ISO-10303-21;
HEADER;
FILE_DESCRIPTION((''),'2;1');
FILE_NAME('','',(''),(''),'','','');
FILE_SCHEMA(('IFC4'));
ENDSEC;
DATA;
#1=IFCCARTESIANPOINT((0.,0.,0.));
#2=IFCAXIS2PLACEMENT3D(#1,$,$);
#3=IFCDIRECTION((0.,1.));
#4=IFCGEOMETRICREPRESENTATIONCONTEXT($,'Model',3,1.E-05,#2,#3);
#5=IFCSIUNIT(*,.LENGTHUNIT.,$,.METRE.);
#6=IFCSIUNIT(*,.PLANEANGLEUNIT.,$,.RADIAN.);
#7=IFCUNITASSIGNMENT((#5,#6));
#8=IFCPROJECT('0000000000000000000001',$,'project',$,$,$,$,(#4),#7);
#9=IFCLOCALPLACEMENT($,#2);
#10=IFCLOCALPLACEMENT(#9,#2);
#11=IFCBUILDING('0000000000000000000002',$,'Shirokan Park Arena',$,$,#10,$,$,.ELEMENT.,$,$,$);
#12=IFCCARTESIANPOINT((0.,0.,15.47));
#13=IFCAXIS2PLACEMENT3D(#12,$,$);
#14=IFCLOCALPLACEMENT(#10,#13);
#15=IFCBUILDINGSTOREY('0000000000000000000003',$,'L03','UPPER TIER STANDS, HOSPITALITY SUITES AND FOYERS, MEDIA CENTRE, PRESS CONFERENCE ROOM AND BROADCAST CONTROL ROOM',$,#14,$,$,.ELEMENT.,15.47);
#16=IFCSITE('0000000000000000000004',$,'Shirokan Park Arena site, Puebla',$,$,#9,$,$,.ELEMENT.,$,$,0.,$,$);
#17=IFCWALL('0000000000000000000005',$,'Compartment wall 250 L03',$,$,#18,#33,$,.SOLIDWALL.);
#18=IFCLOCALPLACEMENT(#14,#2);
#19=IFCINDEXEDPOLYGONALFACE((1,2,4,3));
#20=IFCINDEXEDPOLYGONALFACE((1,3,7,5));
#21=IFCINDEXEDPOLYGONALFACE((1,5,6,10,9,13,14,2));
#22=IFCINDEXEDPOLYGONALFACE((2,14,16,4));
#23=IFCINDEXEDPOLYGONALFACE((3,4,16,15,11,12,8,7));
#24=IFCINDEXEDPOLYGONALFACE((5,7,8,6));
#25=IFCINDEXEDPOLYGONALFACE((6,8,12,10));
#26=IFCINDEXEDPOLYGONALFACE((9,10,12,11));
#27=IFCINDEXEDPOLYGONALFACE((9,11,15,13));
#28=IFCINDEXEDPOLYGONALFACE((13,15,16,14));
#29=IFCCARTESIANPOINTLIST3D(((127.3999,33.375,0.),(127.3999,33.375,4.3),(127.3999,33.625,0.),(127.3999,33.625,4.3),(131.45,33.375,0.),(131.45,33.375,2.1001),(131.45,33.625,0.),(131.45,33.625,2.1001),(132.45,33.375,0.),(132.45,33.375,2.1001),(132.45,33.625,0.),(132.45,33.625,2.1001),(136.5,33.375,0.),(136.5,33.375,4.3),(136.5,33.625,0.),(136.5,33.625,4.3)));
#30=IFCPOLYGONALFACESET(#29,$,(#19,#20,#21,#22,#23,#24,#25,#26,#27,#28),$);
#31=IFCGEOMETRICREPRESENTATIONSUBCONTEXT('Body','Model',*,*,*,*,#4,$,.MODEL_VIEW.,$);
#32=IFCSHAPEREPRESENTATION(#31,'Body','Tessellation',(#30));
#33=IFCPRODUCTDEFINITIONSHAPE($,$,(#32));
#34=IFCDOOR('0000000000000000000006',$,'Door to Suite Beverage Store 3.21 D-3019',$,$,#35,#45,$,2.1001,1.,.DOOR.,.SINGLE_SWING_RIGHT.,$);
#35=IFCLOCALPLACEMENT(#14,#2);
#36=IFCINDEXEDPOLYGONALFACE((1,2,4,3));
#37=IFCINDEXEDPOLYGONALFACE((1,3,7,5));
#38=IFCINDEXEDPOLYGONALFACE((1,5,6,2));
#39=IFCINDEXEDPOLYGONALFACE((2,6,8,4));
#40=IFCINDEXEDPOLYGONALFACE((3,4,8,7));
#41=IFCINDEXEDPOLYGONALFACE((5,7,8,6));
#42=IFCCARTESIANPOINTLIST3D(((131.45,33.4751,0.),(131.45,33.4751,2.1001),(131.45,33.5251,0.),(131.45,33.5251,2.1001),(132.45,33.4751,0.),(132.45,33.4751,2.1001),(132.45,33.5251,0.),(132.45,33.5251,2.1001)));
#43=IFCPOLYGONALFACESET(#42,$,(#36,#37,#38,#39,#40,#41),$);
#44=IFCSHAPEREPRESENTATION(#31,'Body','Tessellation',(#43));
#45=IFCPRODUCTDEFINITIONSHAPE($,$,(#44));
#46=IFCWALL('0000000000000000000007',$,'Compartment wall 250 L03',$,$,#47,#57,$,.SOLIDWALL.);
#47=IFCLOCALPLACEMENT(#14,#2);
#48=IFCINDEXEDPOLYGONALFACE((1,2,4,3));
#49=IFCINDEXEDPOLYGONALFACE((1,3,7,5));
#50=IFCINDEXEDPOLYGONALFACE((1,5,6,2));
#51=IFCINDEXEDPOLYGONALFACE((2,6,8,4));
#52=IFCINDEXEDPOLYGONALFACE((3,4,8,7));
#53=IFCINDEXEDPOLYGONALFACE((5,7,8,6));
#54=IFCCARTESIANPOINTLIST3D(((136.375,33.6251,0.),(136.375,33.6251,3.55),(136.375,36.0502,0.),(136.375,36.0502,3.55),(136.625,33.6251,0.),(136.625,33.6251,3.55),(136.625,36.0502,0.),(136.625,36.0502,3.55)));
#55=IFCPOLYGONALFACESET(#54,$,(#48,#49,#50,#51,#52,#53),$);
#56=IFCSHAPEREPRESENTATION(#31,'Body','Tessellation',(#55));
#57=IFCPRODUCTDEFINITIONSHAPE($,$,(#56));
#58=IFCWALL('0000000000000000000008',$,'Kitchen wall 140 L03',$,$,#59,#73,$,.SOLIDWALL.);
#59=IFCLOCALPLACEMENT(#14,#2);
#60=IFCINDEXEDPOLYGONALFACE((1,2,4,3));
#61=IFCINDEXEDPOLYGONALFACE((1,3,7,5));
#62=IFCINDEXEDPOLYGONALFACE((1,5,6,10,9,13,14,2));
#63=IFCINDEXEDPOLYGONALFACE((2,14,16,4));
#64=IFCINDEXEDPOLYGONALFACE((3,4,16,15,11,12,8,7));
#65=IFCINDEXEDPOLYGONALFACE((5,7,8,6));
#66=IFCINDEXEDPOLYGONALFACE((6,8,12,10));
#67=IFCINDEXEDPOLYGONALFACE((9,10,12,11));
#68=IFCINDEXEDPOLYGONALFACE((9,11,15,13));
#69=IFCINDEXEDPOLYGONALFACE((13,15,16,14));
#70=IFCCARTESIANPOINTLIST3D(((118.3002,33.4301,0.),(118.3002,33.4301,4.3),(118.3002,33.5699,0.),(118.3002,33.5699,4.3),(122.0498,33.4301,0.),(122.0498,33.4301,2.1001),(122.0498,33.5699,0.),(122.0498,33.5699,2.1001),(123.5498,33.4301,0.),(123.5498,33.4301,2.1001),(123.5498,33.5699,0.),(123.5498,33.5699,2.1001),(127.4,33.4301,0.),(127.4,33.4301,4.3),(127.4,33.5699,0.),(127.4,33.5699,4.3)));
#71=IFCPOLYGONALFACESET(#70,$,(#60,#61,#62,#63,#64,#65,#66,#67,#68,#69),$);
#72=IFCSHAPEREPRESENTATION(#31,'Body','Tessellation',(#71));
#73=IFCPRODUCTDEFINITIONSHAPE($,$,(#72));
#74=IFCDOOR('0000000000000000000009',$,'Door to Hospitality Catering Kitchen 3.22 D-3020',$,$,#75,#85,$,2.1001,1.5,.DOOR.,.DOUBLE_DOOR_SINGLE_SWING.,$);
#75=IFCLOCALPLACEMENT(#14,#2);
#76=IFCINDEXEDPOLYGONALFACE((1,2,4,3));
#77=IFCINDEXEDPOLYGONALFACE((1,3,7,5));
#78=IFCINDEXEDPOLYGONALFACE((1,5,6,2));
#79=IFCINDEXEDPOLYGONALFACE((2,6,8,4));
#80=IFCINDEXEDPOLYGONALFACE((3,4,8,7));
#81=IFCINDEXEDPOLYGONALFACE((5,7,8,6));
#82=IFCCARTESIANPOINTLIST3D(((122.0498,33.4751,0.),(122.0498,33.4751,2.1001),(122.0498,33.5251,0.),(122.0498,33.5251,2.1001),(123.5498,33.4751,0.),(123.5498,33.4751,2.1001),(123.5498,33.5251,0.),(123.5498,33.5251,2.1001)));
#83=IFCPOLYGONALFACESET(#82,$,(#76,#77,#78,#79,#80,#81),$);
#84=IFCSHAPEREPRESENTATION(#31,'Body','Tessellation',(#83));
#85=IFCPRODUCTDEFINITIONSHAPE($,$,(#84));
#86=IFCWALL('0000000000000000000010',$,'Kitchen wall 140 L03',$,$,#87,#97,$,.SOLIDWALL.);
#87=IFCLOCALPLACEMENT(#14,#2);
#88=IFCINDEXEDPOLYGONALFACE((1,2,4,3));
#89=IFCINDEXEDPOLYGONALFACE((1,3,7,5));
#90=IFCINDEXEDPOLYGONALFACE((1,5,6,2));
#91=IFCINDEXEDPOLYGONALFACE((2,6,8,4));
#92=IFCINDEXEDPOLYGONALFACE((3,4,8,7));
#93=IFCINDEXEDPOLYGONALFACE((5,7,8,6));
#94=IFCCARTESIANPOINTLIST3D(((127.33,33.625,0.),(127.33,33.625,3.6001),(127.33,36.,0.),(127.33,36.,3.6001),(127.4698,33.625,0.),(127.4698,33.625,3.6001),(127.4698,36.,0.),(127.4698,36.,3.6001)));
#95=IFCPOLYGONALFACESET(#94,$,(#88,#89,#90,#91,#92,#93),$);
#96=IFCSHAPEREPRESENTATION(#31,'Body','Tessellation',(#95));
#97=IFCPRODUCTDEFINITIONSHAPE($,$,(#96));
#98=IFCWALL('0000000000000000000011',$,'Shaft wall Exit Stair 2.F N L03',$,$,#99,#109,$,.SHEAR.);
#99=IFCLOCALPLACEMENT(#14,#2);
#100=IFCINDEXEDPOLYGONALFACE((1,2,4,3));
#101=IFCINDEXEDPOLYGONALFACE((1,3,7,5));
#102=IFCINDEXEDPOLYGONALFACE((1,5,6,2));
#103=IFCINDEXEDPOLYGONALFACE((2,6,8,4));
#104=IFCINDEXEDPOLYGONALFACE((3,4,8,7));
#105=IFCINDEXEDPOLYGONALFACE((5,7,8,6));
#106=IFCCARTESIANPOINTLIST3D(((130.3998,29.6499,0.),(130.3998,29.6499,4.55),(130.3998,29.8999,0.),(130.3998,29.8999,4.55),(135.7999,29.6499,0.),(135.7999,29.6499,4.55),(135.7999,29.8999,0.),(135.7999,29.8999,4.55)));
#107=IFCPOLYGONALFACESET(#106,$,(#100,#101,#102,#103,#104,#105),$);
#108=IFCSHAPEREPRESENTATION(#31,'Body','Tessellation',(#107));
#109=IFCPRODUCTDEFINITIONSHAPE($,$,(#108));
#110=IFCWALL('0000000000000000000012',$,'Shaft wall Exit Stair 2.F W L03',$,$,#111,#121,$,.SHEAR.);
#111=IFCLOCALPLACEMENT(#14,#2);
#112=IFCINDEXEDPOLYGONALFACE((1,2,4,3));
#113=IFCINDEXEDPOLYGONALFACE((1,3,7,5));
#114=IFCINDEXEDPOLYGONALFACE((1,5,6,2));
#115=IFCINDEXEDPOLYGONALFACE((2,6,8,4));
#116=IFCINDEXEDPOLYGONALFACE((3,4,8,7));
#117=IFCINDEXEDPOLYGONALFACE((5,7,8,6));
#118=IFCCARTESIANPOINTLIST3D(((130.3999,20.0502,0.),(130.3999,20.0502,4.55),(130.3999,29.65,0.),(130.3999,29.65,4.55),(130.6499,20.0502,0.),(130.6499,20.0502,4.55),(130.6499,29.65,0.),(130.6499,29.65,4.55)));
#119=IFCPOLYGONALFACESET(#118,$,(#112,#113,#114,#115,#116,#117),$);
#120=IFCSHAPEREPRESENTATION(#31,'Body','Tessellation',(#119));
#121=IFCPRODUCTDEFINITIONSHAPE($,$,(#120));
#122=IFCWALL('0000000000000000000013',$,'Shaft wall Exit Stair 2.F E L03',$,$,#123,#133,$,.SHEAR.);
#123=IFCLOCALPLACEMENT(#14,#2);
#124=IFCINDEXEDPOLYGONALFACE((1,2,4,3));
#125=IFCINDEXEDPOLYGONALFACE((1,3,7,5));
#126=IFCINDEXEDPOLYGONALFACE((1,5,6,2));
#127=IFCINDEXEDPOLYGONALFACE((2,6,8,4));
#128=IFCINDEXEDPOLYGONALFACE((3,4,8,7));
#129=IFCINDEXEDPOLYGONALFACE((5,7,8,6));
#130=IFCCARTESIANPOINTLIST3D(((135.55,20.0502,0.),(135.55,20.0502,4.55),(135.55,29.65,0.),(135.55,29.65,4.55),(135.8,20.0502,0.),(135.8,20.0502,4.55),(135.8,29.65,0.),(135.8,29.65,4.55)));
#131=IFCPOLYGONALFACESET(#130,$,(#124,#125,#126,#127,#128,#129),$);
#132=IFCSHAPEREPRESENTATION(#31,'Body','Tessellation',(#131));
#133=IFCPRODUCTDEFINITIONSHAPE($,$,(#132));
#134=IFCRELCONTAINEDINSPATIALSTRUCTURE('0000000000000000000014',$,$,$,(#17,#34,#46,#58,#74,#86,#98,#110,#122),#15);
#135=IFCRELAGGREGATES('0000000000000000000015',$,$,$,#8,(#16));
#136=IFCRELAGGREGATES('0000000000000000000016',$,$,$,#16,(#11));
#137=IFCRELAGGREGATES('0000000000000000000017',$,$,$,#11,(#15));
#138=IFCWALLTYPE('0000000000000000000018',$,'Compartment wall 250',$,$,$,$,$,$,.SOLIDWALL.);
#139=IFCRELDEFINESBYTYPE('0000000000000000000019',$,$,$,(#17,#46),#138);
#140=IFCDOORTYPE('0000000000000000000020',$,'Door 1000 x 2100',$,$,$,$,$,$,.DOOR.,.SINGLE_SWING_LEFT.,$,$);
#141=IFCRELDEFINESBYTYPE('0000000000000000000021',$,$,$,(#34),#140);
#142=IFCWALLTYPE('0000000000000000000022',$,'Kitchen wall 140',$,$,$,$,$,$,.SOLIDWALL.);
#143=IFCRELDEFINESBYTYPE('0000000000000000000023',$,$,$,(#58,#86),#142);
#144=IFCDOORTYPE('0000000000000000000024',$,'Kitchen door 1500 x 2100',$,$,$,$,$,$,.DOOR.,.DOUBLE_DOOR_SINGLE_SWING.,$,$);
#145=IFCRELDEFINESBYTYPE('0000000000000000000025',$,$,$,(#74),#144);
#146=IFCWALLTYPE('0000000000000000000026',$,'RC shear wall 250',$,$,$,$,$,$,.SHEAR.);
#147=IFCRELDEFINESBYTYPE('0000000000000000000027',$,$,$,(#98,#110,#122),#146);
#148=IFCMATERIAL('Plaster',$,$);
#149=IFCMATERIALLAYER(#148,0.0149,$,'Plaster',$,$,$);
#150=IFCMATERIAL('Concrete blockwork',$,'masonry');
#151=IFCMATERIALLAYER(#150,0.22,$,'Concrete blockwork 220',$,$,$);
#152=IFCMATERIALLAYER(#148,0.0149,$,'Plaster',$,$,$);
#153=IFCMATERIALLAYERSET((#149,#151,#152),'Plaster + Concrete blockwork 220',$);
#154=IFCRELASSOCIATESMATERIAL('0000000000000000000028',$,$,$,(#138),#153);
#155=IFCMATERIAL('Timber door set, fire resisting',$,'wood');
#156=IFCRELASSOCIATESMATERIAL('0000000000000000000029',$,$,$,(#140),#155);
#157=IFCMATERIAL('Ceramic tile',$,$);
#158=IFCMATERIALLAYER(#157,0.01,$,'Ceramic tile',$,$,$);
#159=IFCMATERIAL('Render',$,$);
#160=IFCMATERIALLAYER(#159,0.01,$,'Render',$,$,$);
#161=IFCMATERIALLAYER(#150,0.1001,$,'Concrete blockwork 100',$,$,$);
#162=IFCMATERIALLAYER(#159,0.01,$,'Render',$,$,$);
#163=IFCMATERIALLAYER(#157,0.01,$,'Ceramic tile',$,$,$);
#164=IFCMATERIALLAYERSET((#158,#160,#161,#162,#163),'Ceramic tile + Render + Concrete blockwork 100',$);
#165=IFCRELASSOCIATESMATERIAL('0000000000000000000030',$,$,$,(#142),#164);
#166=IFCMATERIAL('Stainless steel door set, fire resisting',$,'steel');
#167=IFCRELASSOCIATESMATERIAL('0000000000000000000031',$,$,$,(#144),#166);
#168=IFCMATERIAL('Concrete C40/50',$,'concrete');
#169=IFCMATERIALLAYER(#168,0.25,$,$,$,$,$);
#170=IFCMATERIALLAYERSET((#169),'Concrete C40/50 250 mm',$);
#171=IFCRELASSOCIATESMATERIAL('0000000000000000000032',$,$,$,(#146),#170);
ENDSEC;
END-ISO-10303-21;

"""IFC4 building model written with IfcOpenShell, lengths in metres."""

from ifc_helpers import new_model, si_unit, direction, frame, frame_2d, origin, place, context, subcontext, project, spatial, rectangle, extrude, material, layer, layer_set, type_object, element, fill, save


model = new_model("IFC4")

# Units and contexts
model_context = context("Model", 3, precision=1e-05, world=origin(), true_north=direction((0.0, 1.0)))
body_context = subcontext(model_context, "Body", "Model", "MODEL_VIEW")
ifc_project = project(units=[si_unit("LENGTHUNIT", "METRE"), si_unit("PLANEANGLEUNIT", "RADIAN")], contexts=[model_context])

# Site, building, storey
site_placement = place(None, origin())
site = spatial("IfcSite", under=ifc_project, at=site_placement, Name="Shirokan Park Arena site, Puebla", CompositionType="ELEMENT", RefElevation=0.0)
building_placement = place(site_placement, origin())
building = spatial("IfcBuilding", under=site, at=building_placement, Name="Shirokan Park Arena", CompositionType="ELEMENT")
storey_placement = place(building_placement, frame((0.0, 0.0, 15.47)))
storey = spatial("IfcBuildingStorey", under=building, at=storey_placement, Name="L03", Description="UPPER TIER STANDS, HOSPITALITY SUITES AND FOYERS, MEDIA CENTRE, PRESS CONFERENCE ROOM AND BROADCAST CONTROL ROOM", CompositionType="ELEMENT", Elevation=15.47)

# Shared definitions
ifc_material_1 = material(Name="Plaster")
ifc_layer_1 = layer(ifc_material_1, 0.0149, Name="Plaster")
ifc_material_2 = material(Name="Concrete blockwork", Category="masonry")
ifc_layer_2 = layer(ifc_material_2, 0.22, Name="Concrete blockwork 220")
ifc_layer_3 = layer(ifc_material_1, 0.0149, Name="Plaster")
ifc_layer_set_1 = layer_set([ifc_layer_1, ifc_layer_2, ifc_layer_3], Name="Plaster + Concrete blockwork 220")
wall_type_1 = type_object("IfcWallType", Name="Compartment wall 250", PredefinedType="SOLIDWALL", material=ifc_layer_set_1)

# Wall, opening, door
wall_1_placement = place(storey_placement, frame((136.5, 33.5, 0.0), z_axis=(0.0, 0.0, 1.0), x_axis=(-1.0, 0.0, 0.0)))
wall_1 = element("IfcWall", 1, at=wall_1_placement, inside=storey, type_object=wall_type_1, Name="Compartment wall 250 L03", PredefinedType="SOLIDWALL", context=body_context, shape_type="SweptSolid", body=[
    extrude(rectangle(XDim=9.1001, YDim=0.25, at=frame_2d((4.55, 0.0))), origin(), (0.0, 0.0, 1.0), 4.3),
])
opening_1_placement = place(wall_1_placement, frame((4.05, 0.0, 0.0)))
opening_1 = element("IfcOpeningElement", 2, at=opening_1_placement, cuts=wall_1, PredefinedType="OPENING", context=body_context, shape_type="SweptSolid", body=[
    extrude(rectangle(XDim=1.0, YDim=2.1001, at=frame_2d((0.5, 1.05))), frame((0.0, 0.135, 0.0), z_axis=(0.0, -1.0, 0.0), x_axis=(1.0, 0.0, 0.0)), (0.0, 0.0, 1.0), 0.27),
])
ifc_material_3 = material(Name="Timber door set, fire resisting", Category="wood")
door_type_1 = type_object("IfcDoorType", Name="Door 1000 x 2100", OperationType="SINGLE_SWING_LEFT", PredefinedType="DOOR", material=ifc_material_3)
door_1_placement = place(opening_1_placement, origin())
door_1 = element("IfcDoor", 3, at=door_1_placement, inside=storey, type_object=door_type_1, Name="Door to Suite Beverage Store 3.21 D-3019", OperationType="SINGLE_SWING_RIGHT", OverallHeight=2.1001, OverallWidth=1.0, PredefinedType="DOOR", context=body_context, shape_type="SweptSolid", body=[
    extrude(rectangle(XDim=1.0, YDim=2.1001, at=frame_2d((0.5, 1.05))), frame((0.0, 0.0249, 0.0), z_axis=(0.0, -1.0, 0.0), x_axis=(1.0, 0.0, 0.0)), (0.0, 0.0, 1.0), 0.05),
])
fill(opening_1, door_1)

# Wall
wall_2_placement = place(storey_placement, frame((136.5, 36.05, 0.0), z_axis=(0.0, 0.0, 1.0), x_axis=(0.0, -1.0, 0.0)))
element("IfcWall", 4, at=wall_2_placement, inside=storey, type_object=wall_type_1, Name="Compartment wall 250 L03", PredefinedType="SOLIDWALL", context=body_context, shape_type="SweptSolid", body=[
    extrude(rectangle(XDim=2.425, YDim=0.25, at=frame_2d((1.2124, 0.0))), origin(), (0.0, 0.0, 1.0), 3.55),
])

# Wall, opening, door
ifc_material_4 = material(Name="Ceramic tile")
ifc_layer_4 = layer(ifc_material_4, 0.01, Name="Ceramic tile")
ifc_material_5 = material(Name="Render")
ifc_layer_5 = layer(ifc_material_5, 0.01, Name="Render")
ifc_layer_6 = layer(ifc_material_2, 0.1001, Name="Concrete blockwork 100")
ifc_layer_7 = layer(ifc_material_5, 0.01, Name="Render")
ifc_layer_8 = layer(ifc_material_4, 0.01, Name="Ceramic tile")
ifc_layer_set_2 = layer_set([ifc_layer_4, ifc_layer_5, ifc_layer_6, ifc_layer_7, ifc_layer_8], Name="Ceramic tile + Render + Concrete blockwork 100")
wall_type_2 = type_object("IfcWallType", Name="Kitchen wall 140", PredefinedType="SOLIDWALL", material=ifc_layer_set_2)
wall_3_placement = place(storey_placement, frame((127.3999, 33.5, 0.0), z_axis=(0.0, 0.0, 1.0), x_axis=(-1.0, 0.0, 0.0)))
wall_3 = element("IfcWall", 5, at=wall_3_placement, inside=storey, type_object=wall_type_2, Name="Kitchen wall 140 L03", PredefinedType="SOLIDWALL", context=body_context, shape_type="SweptSolid", body=[
    extrude(rectangle(XDim=9.0999, YDim=0.1399, at=frame_2d((4.5498, 0.0))), origin(), (0.0, 0.0, 1.0), 4.3),
])
opening_2_placement = place(wall_3_placement, frame((3.8501, 0.0, 0.0)))
opening_2 = element("IfcOpeningElement", 6, at=opening_2_placement, cuts=wall_3, PredefinedType="OPENING", context=body_context, shape_type="SweptSolid", body=[
    extrude(rectangle(XDim=1.5, YDim=2.1001, at=frame_2d((0.75, 1.05))), frame((0.0, 0.0798, 0.0), z_axis=(0.0, -1.0, 0.0), x_axis=(1.0, 0.0, 0.0)), (0.0, 0.0, 1.0), 0.1599),
])
ifc_material_6 = material(Name="Stainless steel door set, fire resisting", Category="steel")
door_type_2 = type_object("IfcDoorType", Name="Kitchen door 1500 x 2100", OperationType="DOUBLE_DOOR_SINGLE_SWING", PredefinedType="DOOR", material=ifc_material_6)
door_2_placement = place(opening_2_placement, origin())
door_2 = element("IfcDoor", 7, at=door_2_placement, inside=storey, type_object=door_type_2, Name="Door to Hospitality Catering Kitchen 3.22 D-3020", OperationType="DOUBLE_DOOR_SINGLE_SWING", OverallHeight=2.1001, OverallWidth=1.5, PredefinedType="DOOR", context=body_context, shape_type="SweptSolid", body=[
    extrude(rectangle(XDim=1.5, YDim=2.1001, at=frame_2d((0.75, 1.05))), frame((0.0, 0.0249, 0.0), z_axis=(0.0, -1.0, 0.0), x_axis=(1.0, 0.0, 0.0)), (0.0, 0.0, 1.0), 0.05),
])
fill(opening_2, door_2)

# Walls
wall_4_placement = place(storey_placement, frame((127.3999, 33.625, 0.0), z_axis=(0.0, 0.0, 1.0), x_axis=(0.0, 1.0, 0.0)))
element("IfcWall", 8, at=wall_4_placement, inside=storey, type_object=wall_type_2, Name="Kitchen wall 140 L03", PredefinedType="SOLIDWALL", context=body_context, shape_type="SweptSolid", body=[
    extrude(rectangle(XDim=2.375, YDim=0.1399, at=frame_2d((1.1875, 0.0))), origin(), (0.0, 0.0, 1.0), 3.6001),
])
ifc_material_7 = material(Name="Concrete C40/50", Category="concrete")
ifc_layer_9 = layer(ifc_material_7, 0.25)
ifc_layer_set_3 = layer_set([ifc_layer_9], Name="Concrete C40/50 250 mm")
wall_type_3 = type_object("IfcWallType", Name="RC shear wall 250", PredefinedType="SHEAR", material=ifc_layer_set_3)
wall_5_placement = place(storey_placement, frame((135.8, 29.7749, 0.0), z_axis=(0.0, 0.0, 1.0), x_axis=(-1.0, 0.0, 0.0)))
element("IfcWall", 9, at=wall_5_placement, inside=storey, type_object=wall_type_3, Name="Shaft wall Exit Stair 2.F N L03", PredefinedType="SHEAR", context=body_context, shape_type="SweptSolid", body=[
    extrude(rectangle(XDim=5.4001, YDim=0.25, at=frame_2d((2.7002, 0.0))), origin(), (0.0, 0.0, 1.0), 4.55),
])
for number, where, z_axis, x_axis, name in (
    (10, (130.5249, 29.6499, 0.0), (0.0, 0.0, 1.0), (0.0, -1.0, 0.0), "Shaft wall Exit Stair 2.F W L03"),
    (11, (135.675, 29.6499, 0.0), (0.0, 0.0, 1.0), (0.0, -1.0, 0.0), "Shaft wall Exit Stair 2.F E L03"),
):
    element("IfcWall", number, at=place(storey_placement, frame(where, z_axis=z_axis, x_axis=x_axis)), inside=storey, type_object=wall_type_3, Name=name, PredefinedType="SHEAR", context=body_context, shape_type="SweptSolid", body=[
        extrude(rectangle(XDim=9.5999, YDim=0.25, at=frame_2d((4.7998, 0.0))), origin(), (0.0, 0.0, 1.0), 4.55),
    ])

save(model, "model.ifc")
